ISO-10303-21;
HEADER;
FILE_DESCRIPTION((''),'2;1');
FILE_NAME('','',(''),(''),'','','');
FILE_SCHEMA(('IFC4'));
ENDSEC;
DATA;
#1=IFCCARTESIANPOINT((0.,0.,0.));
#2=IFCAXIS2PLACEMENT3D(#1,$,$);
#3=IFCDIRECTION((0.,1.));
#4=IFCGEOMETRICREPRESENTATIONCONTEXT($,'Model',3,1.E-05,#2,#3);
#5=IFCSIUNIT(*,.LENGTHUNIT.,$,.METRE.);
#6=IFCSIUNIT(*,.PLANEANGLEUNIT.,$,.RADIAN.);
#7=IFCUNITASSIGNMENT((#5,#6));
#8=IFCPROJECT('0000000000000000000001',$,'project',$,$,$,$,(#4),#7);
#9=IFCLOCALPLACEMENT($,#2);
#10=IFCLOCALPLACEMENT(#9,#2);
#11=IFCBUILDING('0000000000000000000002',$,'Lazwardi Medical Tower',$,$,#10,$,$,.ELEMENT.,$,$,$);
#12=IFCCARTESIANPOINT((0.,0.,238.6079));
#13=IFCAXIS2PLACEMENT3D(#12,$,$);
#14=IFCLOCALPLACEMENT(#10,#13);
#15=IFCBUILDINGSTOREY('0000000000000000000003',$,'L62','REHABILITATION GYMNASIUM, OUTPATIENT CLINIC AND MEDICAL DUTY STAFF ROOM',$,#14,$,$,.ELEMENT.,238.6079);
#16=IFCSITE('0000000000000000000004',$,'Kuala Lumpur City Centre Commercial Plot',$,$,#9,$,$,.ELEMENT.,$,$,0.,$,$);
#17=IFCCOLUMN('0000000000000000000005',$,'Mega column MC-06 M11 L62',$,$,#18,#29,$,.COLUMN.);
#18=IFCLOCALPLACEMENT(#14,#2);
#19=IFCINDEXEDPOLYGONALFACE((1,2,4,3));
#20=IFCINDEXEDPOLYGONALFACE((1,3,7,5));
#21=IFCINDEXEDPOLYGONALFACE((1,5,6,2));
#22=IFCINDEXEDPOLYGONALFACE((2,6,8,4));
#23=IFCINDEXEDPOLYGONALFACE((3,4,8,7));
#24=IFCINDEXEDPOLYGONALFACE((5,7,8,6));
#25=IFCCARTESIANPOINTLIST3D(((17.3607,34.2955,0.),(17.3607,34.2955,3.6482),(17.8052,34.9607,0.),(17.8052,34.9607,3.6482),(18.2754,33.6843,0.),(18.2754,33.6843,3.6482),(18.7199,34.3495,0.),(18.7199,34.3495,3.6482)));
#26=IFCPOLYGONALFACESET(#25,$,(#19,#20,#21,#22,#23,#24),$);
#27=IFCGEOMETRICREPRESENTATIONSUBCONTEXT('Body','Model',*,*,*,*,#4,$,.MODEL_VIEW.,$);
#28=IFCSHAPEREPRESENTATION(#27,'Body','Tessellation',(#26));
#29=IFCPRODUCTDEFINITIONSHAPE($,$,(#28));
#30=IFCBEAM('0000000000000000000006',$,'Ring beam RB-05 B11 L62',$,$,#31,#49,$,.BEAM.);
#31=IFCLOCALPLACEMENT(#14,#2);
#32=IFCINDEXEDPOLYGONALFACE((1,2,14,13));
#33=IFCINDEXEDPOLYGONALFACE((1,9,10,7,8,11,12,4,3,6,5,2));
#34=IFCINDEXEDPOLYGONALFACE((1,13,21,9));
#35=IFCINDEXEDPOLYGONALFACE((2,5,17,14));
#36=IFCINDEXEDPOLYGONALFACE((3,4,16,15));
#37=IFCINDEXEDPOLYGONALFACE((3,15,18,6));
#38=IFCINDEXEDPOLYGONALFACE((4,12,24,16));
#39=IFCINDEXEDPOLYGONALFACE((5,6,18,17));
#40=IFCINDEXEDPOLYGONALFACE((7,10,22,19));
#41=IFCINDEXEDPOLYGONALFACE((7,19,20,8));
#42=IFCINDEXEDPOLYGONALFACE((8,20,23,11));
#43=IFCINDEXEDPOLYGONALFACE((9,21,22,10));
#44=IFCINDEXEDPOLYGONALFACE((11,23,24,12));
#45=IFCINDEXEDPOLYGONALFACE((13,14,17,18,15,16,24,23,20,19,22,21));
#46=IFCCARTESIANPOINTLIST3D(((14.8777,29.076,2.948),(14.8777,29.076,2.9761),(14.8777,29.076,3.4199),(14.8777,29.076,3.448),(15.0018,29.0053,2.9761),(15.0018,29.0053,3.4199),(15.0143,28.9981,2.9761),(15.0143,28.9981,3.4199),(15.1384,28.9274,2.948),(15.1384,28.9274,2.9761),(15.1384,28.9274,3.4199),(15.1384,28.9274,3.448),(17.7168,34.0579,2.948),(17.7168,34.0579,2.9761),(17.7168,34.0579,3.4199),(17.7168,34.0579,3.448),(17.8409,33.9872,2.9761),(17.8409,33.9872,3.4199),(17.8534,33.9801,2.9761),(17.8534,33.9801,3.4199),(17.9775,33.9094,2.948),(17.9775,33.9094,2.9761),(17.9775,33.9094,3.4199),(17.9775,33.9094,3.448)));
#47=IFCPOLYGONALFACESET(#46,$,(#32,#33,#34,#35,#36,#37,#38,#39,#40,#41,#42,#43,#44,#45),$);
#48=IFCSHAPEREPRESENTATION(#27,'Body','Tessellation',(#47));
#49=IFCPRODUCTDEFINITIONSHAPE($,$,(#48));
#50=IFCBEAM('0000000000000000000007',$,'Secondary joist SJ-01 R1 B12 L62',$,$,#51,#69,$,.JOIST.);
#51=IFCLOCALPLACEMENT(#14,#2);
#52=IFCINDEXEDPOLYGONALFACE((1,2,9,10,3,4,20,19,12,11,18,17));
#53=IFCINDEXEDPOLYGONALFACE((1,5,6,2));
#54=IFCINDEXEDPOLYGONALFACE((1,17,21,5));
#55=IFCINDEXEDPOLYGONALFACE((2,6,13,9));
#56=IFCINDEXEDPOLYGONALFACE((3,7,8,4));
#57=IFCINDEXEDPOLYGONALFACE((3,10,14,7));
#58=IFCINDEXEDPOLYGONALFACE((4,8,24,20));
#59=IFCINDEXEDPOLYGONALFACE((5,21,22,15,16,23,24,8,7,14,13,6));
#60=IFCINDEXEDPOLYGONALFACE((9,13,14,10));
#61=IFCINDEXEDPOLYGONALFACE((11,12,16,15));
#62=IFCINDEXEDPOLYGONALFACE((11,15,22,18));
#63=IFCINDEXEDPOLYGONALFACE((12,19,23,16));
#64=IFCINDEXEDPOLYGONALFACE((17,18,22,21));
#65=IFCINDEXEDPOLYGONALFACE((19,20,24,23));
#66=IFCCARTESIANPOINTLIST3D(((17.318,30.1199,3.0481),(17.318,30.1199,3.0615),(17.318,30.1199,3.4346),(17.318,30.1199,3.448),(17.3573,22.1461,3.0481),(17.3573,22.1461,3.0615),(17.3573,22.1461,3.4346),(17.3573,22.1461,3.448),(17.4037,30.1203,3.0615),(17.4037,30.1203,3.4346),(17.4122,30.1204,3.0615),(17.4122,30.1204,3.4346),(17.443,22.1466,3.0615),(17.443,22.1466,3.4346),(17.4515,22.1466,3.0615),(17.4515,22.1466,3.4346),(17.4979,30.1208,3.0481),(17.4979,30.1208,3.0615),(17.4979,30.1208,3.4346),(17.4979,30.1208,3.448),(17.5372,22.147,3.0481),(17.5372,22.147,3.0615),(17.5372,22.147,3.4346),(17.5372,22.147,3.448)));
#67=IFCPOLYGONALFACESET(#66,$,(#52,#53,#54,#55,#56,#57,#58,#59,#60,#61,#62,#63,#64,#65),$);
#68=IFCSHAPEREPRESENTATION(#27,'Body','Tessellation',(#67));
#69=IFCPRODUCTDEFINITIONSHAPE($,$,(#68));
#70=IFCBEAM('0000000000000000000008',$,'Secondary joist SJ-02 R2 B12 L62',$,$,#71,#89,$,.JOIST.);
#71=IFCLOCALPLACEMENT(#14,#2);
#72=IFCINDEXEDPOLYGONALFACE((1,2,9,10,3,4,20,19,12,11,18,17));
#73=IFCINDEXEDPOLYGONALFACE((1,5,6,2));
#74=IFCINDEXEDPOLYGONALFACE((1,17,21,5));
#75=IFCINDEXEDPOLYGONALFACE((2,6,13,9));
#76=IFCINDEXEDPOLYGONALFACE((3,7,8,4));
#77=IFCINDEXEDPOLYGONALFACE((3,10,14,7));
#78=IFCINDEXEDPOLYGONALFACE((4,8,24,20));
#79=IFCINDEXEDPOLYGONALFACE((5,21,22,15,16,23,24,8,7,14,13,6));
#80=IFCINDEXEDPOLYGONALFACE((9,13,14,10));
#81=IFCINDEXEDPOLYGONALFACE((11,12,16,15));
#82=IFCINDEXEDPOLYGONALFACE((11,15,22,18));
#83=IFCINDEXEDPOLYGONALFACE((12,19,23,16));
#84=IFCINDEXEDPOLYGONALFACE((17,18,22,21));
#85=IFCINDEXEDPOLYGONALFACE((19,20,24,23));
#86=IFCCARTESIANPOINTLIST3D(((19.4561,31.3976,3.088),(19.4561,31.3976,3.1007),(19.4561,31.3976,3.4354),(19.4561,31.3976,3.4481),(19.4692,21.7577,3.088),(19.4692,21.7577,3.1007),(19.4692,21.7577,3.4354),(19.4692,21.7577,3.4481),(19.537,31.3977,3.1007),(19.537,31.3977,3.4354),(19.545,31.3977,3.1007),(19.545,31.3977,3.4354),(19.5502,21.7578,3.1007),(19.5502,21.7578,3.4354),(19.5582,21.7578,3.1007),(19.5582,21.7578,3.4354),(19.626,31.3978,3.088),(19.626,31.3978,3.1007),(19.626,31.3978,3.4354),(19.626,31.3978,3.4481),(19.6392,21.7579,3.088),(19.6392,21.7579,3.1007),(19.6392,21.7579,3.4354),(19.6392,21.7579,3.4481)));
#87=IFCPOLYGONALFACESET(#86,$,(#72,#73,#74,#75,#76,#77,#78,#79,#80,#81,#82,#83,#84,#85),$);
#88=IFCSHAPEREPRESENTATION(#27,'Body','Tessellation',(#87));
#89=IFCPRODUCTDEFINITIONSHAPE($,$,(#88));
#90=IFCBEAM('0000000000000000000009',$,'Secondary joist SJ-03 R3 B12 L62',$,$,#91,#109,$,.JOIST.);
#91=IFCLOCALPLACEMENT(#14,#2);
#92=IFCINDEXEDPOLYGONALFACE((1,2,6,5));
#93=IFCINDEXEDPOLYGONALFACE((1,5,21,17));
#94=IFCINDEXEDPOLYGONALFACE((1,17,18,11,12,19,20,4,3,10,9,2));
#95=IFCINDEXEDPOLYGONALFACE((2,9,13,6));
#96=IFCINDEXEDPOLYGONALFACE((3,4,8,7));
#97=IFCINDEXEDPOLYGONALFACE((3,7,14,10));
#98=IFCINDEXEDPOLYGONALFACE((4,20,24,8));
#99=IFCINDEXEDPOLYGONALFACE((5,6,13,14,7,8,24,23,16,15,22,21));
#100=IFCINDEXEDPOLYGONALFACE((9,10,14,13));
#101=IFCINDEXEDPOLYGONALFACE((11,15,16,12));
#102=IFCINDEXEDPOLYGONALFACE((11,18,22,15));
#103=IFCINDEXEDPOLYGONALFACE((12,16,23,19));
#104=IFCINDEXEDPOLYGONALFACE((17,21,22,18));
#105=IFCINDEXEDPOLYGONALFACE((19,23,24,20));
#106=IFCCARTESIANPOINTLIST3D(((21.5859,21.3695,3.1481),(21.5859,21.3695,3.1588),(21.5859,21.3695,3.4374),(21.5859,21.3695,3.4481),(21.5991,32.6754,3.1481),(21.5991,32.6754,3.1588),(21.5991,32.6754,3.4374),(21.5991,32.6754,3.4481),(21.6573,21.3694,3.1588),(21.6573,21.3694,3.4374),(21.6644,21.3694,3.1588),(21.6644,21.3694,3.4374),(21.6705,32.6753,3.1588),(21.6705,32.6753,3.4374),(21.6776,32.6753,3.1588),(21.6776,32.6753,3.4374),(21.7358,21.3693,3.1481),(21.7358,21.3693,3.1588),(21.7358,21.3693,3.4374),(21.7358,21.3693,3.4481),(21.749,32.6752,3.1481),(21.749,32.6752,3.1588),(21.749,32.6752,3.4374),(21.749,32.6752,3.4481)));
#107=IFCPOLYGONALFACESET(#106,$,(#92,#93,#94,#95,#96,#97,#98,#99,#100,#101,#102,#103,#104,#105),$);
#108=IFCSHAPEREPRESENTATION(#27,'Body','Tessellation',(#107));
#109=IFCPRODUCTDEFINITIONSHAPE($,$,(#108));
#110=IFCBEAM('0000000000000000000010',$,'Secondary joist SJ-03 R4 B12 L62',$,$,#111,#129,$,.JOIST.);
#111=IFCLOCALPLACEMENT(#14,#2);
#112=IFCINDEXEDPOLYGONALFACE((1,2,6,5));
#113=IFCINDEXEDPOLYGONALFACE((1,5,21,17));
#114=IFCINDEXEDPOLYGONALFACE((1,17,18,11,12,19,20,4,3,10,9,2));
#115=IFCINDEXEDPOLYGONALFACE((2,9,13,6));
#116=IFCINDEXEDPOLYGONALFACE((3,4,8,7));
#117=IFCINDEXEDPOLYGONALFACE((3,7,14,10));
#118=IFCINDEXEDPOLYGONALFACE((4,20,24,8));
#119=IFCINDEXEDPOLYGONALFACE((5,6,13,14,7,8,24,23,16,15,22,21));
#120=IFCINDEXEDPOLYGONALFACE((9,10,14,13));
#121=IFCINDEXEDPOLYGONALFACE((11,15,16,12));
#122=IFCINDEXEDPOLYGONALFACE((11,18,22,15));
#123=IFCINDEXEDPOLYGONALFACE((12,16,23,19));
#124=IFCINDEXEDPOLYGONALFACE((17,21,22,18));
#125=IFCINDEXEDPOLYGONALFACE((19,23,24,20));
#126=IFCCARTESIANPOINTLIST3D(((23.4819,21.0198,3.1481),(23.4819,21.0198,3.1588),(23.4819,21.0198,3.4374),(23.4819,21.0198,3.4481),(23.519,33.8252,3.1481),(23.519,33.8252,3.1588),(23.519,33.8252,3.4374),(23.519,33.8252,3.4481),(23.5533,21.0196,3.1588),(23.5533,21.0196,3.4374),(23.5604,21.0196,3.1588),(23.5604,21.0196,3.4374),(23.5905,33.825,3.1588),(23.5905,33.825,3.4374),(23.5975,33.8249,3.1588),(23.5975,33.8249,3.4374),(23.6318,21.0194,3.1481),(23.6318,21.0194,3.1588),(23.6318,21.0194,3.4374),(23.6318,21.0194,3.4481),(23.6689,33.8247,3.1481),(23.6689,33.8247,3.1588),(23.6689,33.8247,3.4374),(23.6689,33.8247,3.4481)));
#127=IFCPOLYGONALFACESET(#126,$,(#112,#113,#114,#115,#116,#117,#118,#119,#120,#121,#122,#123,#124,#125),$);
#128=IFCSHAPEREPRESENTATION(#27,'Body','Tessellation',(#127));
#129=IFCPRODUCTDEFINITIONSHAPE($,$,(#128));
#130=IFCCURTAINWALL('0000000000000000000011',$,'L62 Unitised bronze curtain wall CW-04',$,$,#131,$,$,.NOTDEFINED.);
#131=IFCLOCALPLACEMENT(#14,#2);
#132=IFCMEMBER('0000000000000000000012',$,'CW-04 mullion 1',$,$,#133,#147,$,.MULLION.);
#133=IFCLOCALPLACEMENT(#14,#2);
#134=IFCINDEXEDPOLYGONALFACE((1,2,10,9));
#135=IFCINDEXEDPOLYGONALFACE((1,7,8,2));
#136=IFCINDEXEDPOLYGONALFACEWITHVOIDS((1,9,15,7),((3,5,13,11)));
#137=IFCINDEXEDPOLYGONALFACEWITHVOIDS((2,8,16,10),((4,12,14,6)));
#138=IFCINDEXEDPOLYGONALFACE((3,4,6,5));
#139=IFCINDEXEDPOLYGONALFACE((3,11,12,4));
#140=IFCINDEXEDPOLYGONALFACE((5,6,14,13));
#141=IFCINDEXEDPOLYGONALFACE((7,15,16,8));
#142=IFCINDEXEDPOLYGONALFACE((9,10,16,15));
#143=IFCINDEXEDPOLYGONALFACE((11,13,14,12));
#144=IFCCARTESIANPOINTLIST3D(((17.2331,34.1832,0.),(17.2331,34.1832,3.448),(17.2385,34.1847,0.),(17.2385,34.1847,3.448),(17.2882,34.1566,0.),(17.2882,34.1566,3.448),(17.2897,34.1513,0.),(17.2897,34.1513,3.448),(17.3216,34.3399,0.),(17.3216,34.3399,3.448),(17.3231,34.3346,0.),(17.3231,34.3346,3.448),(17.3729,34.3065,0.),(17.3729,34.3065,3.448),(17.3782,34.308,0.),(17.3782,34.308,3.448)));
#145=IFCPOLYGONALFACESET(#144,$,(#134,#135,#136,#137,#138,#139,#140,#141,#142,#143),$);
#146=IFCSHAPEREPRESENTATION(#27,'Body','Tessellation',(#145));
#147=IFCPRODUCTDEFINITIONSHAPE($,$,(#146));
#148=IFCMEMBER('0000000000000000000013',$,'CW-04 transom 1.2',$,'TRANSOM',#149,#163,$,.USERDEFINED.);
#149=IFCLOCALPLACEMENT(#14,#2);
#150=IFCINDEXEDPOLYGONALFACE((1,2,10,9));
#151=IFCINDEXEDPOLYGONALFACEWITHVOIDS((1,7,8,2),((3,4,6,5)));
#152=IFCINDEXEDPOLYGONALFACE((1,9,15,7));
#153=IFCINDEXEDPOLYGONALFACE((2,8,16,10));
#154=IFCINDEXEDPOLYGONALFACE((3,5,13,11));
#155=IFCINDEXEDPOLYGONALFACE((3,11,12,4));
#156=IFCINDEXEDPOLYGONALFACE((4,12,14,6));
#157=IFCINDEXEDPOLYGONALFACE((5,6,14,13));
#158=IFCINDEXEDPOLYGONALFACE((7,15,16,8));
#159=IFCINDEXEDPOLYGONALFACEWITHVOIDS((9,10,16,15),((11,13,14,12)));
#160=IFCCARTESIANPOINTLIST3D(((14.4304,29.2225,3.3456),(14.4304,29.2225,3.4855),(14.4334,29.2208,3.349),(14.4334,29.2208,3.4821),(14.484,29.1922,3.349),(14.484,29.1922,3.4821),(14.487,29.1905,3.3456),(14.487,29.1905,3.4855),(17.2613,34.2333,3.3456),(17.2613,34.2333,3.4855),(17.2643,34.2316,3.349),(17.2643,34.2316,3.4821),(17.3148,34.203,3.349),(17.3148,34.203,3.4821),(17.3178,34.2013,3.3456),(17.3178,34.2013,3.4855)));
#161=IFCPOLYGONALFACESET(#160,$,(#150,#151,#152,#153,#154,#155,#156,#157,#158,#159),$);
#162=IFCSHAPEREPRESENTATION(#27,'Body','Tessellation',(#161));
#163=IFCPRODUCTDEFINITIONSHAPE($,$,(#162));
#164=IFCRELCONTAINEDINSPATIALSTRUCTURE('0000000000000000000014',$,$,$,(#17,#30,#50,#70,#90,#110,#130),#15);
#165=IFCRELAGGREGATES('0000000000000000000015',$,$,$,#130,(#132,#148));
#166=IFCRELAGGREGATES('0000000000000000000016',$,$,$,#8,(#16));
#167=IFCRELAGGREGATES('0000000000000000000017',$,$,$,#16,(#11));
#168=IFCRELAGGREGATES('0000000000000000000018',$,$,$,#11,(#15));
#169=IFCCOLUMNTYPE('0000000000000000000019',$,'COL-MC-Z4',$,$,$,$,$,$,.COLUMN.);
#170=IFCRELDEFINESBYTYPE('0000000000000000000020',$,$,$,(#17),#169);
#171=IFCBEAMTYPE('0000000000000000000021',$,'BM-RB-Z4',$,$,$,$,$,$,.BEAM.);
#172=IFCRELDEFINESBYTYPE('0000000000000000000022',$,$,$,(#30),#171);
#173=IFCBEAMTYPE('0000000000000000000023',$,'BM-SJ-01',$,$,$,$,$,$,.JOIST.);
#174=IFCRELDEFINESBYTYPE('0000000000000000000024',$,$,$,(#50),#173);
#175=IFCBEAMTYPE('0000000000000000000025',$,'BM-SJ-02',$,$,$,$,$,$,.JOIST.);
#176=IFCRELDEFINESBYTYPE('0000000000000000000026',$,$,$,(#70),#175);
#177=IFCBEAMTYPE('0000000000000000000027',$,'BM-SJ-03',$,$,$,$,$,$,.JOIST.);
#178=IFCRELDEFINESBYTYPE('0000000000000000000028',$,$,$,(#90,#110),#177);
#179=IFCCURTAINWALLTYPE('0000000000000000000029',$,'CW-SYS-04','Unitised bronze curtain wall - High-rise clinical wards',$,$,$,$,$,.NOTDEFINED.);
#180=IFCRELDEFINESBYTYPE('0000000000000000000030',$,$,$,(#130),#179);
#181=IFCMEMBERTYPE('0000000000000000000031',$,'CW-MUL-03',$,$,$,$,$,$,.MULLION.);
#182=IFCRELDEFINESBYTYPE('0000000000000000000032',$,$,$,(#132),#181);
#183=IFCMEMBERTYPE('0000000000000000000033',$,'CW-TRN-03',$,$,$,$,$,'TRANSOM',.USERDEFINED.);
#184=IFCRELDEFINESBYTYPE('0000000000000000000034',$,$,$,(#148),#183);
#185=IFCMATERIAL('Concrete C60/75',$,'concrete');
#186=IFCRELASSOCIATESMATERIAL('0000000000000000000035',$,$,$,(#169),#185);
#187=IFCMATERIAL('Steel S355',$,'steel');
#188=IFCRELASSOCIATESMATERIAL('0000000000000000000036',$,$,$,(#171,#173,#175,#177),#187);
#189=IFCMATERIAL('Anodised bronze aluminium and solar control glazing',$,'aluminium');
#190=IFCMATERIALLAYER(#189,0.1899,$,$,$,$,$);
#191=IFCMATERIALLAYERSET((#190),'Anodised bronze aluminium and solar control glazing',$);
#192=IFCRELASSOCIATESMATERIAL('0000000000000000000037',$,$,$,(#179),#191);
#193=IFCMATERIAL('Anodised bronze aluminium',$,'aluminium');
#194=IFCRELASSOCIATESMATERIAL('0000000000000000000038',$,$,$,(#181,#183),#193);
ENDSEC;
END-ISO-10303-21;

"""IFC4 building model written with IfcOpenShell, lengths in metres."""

from ifc_helpers import new_model, si_unit, direction, frame, origin, origin_2d, place, context, subcontext, project, spatial, rectangle, hollow_rectangle, i_section, extrude, material, layer, layer_set, material_profile, profile_set, type_object, element, aggregate, save


model = new_model("IFC4")

# Units and contexts
model_context = context("Model", 3, precision=1e-05, world=origin(), true_north=direction((0.0, 1.0)))
body_context = subcontext(model_context, "Body", "Model", "MODEL_VIEW")
ifc_project = project(units=[si_unit("LENGTHUNIT", "METRE"), si_unit("PLANEANGLEUNIT", "RADIAN")], contexts=[model_context])

# Site, building, storey
site_placement = place(None, origin())
site = spatial("IfcSite", under=ifc_project, at=site_placement, Name="Kuala Lumpur City Centre Commercial Plot", CompositionType="ELEMENT", RefElevation=0.0)
building_placement = place(site_placement, origin())
building = spatial("IfcBuilding", under=site, at=building_placement, Name="Lazwardi Medical Tower", CompositionType="ELEMENT")
storey_placement = place(building_placement, frame((0.0, 0.0, 238.6079)))
storey = spatial("IfcBuildingStorey", under=building, at=storey_placement, Name="L62", Description="REHABILITATION GYMNASIUM, OUTPATIENT CLINIC AND MEDICAL DUTY STAFF ROOM", CompositionType="ELEMENT", Elevation=238.6079)

# Column
ifc_material_1 = material(Name="Concrete C60/75", Category="concrete")
ifc_material_profile_1 = material_profile(ifc_material_1, rectangle(XDim=1.1001, YDim=0.8, at=origin_2d()), Name="CFT-RECT 1100x800")
ifc_profile_set_1 = profile_set([ifc_material_profile_1], Name="Concrete C60/75")
column_type = type_object("IfcColumnType", Name="COL-MC-Z4", PredefinedType="COLUMN", material=ifc_profile_set_1)
column_placement = place(storey_placement, frame((18.0403, 34.3225, 0.0), z_axis=(0.0, 0.0, 1.0), x_axis=(-0.83147, 0.55557, 0.0)))
element("IfcColumn", 1, at=column_placement, inside=storey, type_object=column_type, Name="Mega column MC-06 M11 L62", PredefinedType="COLUMN", context=body_context, shape_type="SweptSolid", body=[
    extrude(rectangle(XDim=1.1001, YDim=0.8, at=origin_2d()), origin(), (0.0, 0.0, 1.0), 3.6482),
])

# Beams
ifc_material_2 = material(Name="Steel S355", Category="steel")
ifc_material_profile_2 = material_profile(ifc_material_2, i_section(OverallWidth=0.3, OverallDepth=0.5, WebThickness=0.0144, FlangeThickness=0.0281, at=origin_2d()), Name="HEB 500")
ifc_profile_set_2 = profile_set([ifc_material_profile_2], Name="Steel S355")
beam_type_1 = type_object("IfcBeamType", Name="BM-RB-Z4", PredefinedType="BEAM", material=ifc_profile_set_2)
beam_1_placement = place(storey_placement, frame((17.8472, 33.9836, 3.198), z_axis=(-0.495125, -0.868822, 0.0), x_axis=(0.868822, -0.495125, 0.0)))
element("IfcBeam", 2, at=beam_1_placement, inside=storey, type_object=beam_type_1, Name="Ring beam RB-05 B11 L62", PredefinedType="BEAM", context=body_context, shape_type="SweptSolid", body=[
    extrude(i_section(OverallWidth=0.3, OverallDepth=0.5, WebThickness=0.0144, FlangeThickness=0.0281, at=origin_2d()), origin(), (0.0, 0.0, 1.0), 5.7341),
])
ifc_material_profile_3 = material_profile(ifc_material_2, i_section(OverallWidth=0.1799, OverallDepth=0.3999, WebThickness=0.0085, FlangeThickness=0.0134, at=origin_2d()), Name="IPE 400")
ifc_profile_set_3 = profile_set([ifc_material_profile_3], Name="Steel S355")
beam_type_2 = type_object("IfcBeamType", Name="BM-SJ-01", PredefinedType="JOIST", material=ifc_profile_set_3)
beam_2_placement = place(storey_placement, frame((17.408, 30.1204, 3.248), z_axis=(0.004929, -0.999988, 0.0), x_axis=(0.999988, 0.004929, 0.0)))
element("IfcBeam", 3, at=beam_2_placement, inside=storey, type_object=beam_type_2, Name="Secondary joist SJ-01 R1 B12 L62", PredefinedType="JOIST", context=body_context, shape_type="SweptSolid", body=[
    extrude(i_section(OverallWidth=0.1799, OverallDepth=0.3999, WebThickness=0.0085, FlangeThickness=0.0134, at=origin_2d()), origin(), (0.0, 0.0, 1.0), 7.9739),
])
ifc_material_profile_4 = material_profile(ifc_material_2, i_section(OverallWidth=0.1699, OverallDepth=0.3601, WebThickness=0.0081, FlangeThickness=0.0127, at=origin_2d()), Name="IPE 360")
ifc_profile_set_4 = profile_set([ifc_material_profile_4], Name="Steel S355")
beam_type_3 = type_object("IfcBeamType", Name="BM-SJ-02", PredefinedType="JOIST", material=ifc_profile_set_4)
beam_3_placement = place(storey_placement, frame((19.541, 31.3977, 3.2681), z_axis=(0.001368, -0.999999, 0.0), x_axis=(0.999999, 0.001368, 0.0)))
element("IfcBeam", 4, at=beam_3_placement, inside=storey, type_object=beam_type_3, Name="Secondary joist SJ-02 R2 B12 L62", PredefinedType="JOIST", context=body_context, shape_type="SweptSolid", body=[
    extrude(i_section(OverallWidth=0.1699, OverallDepth=0.3601, WebThickness=0.0081, FlangeThickness=0.0127, at=origin_2d()), origin(), (0.0, 0.0, 1.0), 9.6399),
])
ifc_material_profile_5 = material_profile(ifc_material_2, i_section(OverallWidth=0.1499, OverallDepth=0.3, WebThickness=0.0071, FlangeThickness=0.0107, at=origin_2d()), Name="IPE 300")
ifc_profile_set_5 = profile_set([ifc_material_profile_5], Name="Steel S355")
beam_type_4 = type_object("IfcBeamType", Name="BM-SJ-03", PredefinedType="JOIST", material=ifc_profile_set_5)
beam_4_placement = place(storey_placement, frame((21.6741, 32.6753, 3.2981), z_axis=(-0.001166, -0.999999, 0.0), x_axis=(0.999999, -0.001166, 0.0)))
element("IfcBeam", 5, at=beam_4_placement, inside=storey, type_object=beam_type_4, Name="Secondary joist SJ-03 R3 B12 L62", PredefinedType="JOIST", context=body_context, shape_type="SweptSolid", body=[
    extrude(i_section(OverallWidth=0.1499, OverallDepth=0.3, WebThickness=0.0071, FlangeThickness=0.0107, at=origin_2d()), origin(), (0.0, 0.0, 1.0), 11.3059),
])
beam_5_placement = place(storey_placement, frame((23.594, 33.825, 3.2981), z_axis=(-0.002898, -0.999996, 0.0), x_axis=(0.999996, -0.002898, 0.0)))
element("IfcBeam", 6, at=beam_5_placement, inside=storey, type_object=beam_type_4, Name="Secondary joist SJ-03 R4 B12 L62", PredefinedType="JOIST", context=body_context, shape_type="SweptSolid", body=[
    extrude(i_section(OverallWidth=0.1499, OverallDepth=0.3, WebThickness=0.0071, FlangeThickness=0.0107, at=origin_2d()), origin(), (0.0, 0.0, 1.0), 12.8054),
])

# Curtain wall, members
ifc_material_3 = material(Name="Anodised bronze aluminium and solar control glazing", Category="aluminium")
ifc_layer_1 = layer(ifc_material_3, 0.1899)
ifc_layer_set_1 = layer_set([ifc_layer_1], Name="Anodised bronze aluminium and solar control glazing")
curtain_wall_type = type_object("IfcCurtainWallType", Name="CW-SYS-04", Description="Unitised bronze curtain wall - High-rise clinical wards", PredefinedType="NOTDEFINED", material=ifc_layer_set_1)
curtain_wall_placement = place(storey_placement, origin())
curtain_wall = element("IfcCurtainWall", 7, at=curtain_wall_placement, inside=storey, type_object=curtain_wall_type, Name="L62 Unitised bronze curtain wall CW-04", PredefinedType="NOTDEFINED")
ifc_material_4 = material(Name="Anodised bronze aluminium", Category="aluminium")
ifc_material_profile_6 = material_profile(ifc_material_4, hollow_rectangle(XDim=0.0649, YDim=0.1799, WallThickness=0.0039, at=origin_2d()), Name="ALU-MULLION 180x65x4")
ifc_profile_set_6 = profile_set([ifc_material_profile_6], Name="Anodised bronze aluminium")
member_type_1 = type_object("IfcMemberType", Name="CW-MUL-03", PredefinedType="MULLION", material=ifc_profile_set_6)
member_1_placement = place(storey_placement, frame((17.3057, 34.2456, 0.0), z_axis=(0.0, 0.0, 1.0), x_axis=(0.870651, -0.4919, 0.0)))
member_1 = element("IfcMember", 8, at=member_1_placement, type_object=member_type_1, Name="CW-04 mullion 1", PredefinedType="MULLION", context=body_context, shape_type="SweptSolid", body=[
    extrude(hollow_rectangle(XDim=0.0649, YDim=0.1799, WallThickness=0.0039, at=origin_2d()), origin(), (0.0, 0.0, 1.0), 3.448),
])
ifc_material_profile_7 = material_profile(ifc_material_4, hollow_rectangle(XDim=0.0649, YDim=0.1399, WallThickness=0.0034, at=origin_2d()), Name="ALU-TRANSOM 140x65x3.5")
ifc_profile_set_7 = profile_set([ifc_material_profile_7], Name="Anodised bronze aluminium")
member_type_2 = type_object("IfcMemberType", Name="CW-TRN-03", ElementType="TRANSOM", PredefinedType="USERDEFINED", material=ifc_profile_set_7)
member_2_placement = place(storey_placement, frame((17.2896, 34.2173, 3.4155), z_axis=(-0.49188, -0.870663, 0.0), x_axis=(0.870663, -0.49188, 0.0)))
member_2 = element("IfcMember", 9, at=member_2_placement, type_object=member_type_2, Name="CW-04 transom 1.2", ObjectType="TRANSOM", PredefinedType="USERDEFINED", context=body_context, shape_type="SweptSolid", body=[
    extrude(hollow_rectangle(XDim=0.0649, YDim=0.1399, WallThickness=0.0034, at=origin_2d()), origin(), (0.0, 0.0, 1.0), 5.7551),
])
aggregate(curtain_wall, [member_1, member_2])

save(model, "model.ifc")
